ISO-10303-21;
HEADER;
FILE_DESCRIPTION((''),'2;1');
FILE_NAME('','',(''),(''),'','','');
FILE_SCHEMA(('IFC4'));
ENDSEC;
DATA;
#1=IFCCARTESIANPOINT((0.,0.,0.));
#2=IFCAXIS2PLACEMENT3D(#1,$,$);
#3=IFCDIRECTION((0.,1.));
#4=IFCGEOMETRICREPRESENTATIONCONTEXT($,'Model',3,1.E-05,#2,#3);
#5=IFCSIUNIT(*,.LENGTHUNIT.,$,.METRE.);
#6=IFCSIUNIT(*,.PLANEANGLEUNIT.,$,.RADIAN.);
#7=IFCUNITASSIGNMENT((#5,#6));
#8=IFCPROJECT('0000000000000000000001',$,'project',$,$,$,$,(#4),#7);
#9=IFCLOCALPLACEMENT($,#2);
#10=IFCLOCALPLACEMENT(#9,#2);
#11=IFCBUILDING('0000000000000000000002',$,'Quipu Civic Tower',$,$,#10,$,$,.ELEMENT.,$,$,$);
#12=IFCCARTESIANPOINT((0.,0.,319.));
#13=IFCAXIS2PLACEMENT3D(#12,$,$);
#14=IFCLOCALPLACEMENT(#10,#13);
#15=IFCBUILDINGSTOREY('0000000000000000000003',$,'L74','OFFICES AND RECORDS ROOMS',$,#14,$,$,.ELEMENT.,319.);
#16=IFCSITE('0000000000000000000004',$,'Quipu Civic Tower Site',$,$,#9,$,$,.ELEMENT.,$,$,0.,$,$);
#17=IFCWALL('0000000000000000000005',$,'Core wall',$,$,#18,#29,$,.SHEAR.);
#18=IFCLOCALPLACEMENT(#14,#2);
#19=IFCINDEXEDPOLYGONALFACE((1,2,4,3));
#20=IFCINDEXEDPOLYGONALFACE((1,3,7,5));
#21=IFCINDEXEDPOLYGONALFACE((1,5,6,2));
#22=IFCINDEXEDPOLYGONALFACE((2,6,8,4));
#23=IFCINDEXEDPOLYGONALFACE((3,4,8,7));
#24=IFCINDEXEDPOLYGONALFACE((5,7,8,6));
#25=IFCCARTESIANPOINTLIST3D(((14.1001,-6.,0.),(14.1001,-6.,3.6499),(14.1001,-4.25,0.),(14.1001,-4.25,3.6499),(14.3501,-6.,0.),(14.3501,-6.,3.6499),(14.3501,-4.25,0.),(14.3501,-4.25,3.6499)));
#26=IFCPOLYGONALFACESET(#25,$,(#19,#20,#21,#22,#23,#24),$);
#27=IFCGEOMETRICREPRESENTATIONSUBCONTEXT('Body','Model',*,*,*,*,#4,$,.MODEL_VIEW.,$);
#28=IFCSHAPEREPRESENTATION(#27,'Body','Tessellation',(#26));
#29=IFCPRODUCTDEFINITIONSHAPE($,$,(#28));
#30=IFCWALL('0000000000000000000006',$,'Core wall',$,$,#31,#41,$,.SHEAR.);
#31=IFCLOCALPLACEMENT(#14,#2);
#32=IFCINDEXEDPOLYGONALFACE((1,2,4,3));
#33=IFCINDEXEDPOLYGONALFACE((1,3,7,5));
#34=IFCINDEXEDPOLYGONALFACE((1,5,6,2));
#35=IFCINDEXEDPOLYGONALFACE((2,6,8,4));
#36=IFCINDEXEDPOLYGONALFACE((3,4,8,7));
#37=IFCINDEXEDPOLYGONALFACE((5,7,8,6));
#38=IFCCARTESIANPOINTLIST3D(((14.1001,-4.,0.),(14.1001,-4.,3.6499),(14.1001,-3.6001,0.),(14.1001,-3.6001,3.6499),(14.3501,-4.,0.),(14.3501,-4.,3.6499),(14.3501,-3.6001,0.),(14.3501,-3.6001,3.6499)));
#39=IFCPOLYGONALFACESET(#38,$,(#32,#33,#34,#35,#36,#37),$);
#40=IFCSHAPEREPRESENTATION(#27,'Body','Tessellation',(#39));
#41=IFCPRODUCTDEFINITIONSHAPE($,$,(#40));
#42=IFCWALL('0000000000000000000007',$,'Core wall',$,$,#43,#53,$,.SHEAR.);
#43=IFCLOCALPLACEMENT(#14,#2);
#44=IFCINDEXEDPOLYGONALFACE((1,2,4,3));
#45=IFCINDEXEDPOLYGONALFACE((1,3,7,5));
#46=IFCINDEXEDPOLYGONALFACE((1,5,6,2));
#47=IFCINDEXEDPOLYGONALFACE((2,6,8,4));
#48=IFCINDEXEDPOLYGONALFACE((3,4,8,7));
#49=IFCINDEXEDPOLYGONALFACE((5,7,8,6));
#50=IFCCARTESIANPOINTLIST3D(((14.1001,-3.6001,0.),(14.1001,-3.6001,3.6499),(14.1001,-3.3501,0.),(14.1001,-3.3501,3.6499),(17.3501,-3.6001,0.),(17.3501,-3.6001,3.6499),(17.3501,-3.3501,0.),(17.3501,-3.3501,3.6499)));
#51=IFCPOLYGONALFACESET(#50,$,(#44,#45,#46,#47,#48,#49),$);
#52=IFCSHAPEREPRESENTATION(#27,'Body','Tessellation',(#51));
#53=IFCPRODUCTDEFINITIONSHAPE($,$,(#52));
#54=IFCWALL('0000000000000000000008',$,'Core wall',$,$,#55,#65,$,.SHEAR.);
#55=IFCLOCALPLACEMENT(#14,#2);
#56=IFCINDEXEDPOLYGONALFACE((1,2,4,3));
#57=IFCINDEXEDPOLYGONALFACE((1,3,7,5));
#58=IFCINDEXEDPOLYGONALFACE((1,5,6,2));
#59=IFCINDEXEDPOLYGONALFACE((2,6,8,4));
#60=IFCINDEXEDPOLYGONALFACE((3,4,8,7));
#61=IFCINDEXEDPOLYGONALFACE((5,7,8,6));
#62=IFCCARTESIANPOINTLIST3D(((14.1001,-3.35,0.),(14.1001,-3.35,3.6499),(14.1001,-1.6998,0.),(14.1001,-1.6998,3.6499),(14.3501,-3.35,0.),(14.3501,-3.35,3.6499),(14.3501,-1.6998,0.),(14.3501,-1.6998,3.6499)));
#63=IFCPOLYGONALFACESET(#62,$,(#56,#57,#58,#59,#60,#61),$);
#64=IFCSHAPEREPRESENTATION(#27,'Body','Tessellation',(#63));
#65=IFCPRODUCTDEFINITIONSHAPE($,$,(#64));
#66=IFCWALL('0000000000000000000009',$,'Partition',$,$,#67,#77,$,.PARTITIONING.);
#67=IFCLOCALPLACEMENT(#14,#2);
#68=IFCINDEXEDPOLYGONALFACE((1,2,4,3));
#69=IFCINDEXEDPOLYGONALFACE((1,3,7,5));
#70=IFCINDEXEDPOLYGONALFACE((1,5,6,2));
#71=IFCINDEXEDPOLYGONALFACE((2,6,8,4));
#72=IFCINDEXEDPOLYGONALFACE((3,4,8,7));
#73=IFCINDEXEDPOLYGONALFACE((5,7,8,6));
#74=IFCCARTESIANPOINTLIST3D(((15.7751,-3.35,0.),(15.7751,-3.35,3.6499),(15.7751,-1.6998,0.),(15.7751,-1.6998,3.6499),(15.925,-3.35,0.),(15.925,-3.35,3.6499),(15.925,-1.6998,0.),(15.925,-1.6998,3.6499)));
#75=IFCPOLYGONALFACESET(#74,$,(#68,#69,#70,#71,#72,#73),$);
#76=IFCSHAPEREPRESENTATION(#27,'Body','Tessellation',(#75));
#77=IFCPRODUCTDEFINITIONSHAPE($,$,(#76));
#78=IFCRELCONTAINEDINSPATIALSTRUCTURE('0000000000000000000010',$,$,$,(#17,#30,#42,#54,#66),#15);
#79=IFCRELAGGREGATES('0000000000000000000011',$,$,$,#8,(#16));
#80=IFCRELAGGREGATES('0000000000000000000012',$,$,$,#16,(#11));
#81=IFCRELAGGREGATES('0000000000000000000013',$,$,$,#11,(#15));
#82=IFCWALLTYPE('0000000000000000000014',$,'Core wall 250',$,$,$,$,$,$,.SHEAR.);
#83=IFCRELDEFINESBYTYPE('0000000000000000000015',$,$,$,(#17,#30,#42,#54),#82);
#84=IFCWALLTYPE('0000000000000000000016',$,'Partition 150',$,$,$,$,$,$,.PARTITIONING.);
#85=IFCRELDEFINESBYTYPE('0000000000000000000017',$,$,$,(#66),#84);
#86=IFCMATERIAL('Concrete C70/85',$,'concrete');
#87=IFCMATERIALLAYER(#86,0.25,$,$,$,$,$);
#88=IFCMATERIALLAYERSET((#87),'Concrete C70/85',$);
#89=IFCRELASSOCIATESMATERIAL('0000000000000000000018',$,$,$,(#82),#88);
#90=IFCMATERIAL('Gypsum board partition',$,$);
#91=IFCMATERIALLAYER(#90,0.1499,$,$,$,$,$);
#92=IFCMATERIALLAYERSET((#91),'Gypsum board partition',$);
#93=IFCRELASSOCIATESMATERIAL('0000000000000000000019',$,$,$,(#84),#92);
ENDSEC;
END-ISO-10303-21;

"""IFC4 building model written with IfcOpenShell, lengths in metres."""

from ifc_helpers import new_model, si_unit, direction, frame, frame_2d, origin, place, context, subcontext, project, spatial, rectangle, extrude, material, layer, layer_set, type_object, element, save


model = new_model("IFC4")

# Units and contexts
model_context = context("Model", 3, precision=1e-05, world=origin(), true_north=direction((0.0, 1.0)))
body_context = subcontext(model_context, "Body", "Model", "MODEL_VIEW")
ifc_project = project(units=[si_unit("LENGTHUNIT", "METRE"), si_unit("PLANEANGLEUNIT", "RADIAN")], contexts=[model_context])

# Site, building, storey
site_placement = place(None, origin())
site = spatial("IfcSite", under=ifc_project, at=site_placement, Name="Quipu Civic Tower Site", CompositionType="ELEMENT", RefElevation=0.0)
building_placement = place(site_placement, origin())
building = spatial("IfcBuilding", under=site, at=building_placement, Name="Quipu Civic Tower", CompositionType="ELEMENT")
storey_placement = place(building_placement, frame((0.0, 0.0, 319.0)))
storey = spatial("IfcBuildingStorey", under=building, at=storey_placement, Name="L74", Description="OFFICES AND RECORDS ROOMS", CompositionType="ELEMENT", Elevation=319.0)

# Walls
ifc_material_1 = material(Name="Concrete C70/85", Category="concrete")
ifc_layer_1 = layer(ifc_material_1, 0.25)
ifc_layer_set_1 = layer_set([ifc_layer_1], Name="Concrete C70/85")
wall_type_1 = type_object("IfcWallType", Name="Core wall 250", PredefinedType="SHEAR", material=ifc_layer_set_1)
wall_1_placement = place(storey_placement, frame((14.2251, -6.0, 0.0), z_axis=(0.0, 0.0, 1.0), x_axis=(0.0, 1.0, 0.0)))
element("IfcWall", 1, at=wall_1_placement, inside=storey, type_object=wall_type_1, Name="Core wall", PredefinedType="SHEAR", context=body_context, shape_type="SweptSolid", body=[
    extrude(rectangle(XDim=1.75, YDim=0.25, at=frame_2d((0.875, 0.0))), origin(), (0.0, 0.0, 1.0), 3.6499),
])
wall_2_placement = place(storey_placement, frame((14.2251, -4.0, 0.0), z_axis=(0.0, 0.0, 1.0), x_axis=(0.0, 1.0, 0.0)))
element("IfcWall", 2, at=wall_2_placement, inside=storey, type_object=wall_type_1, Name="Core wall", PredefinedType="SHEAR", context=body_context, shape_type="SweptSolid", body=[
    extrude(rectangle(XDim=0.3999, YDim=0.25, at=frame_2d((0.2, 0.0))), origin(), (0.0, 0.0, 1.0), 3.6499),
])
wall_3_placement = place(storey_placement, frame((14.1001, -3.4751, 0.0), z_axis=(0.0, 0.0, 1.0), x_axis=(1.0, 0.0, 0.0)))
element("IfcWall", 3, at=wall_3_placement, inside=storey, type_object=wall_type_1, Name="Core wall", PredefinedType="SHEAR", context=body_context, shape_type="SweptSolid", body=[
    extrude(rectangle(XDim=3.25, YDim=0.25, at=frame_2d((1.625, 0.0))), origin(), (0.0, 0.0, 1.0), 3.6499),
])
wall_4_placement = place(storey_placement, frame((14.2251, -3.3501, 0.0), z_axis=(0.0, 0.0, 1.0), x_axis=(0.0, 1.0, 0.0)))
element("IfcWall", 4, at=wall_4_placement, inside=storey, type_object=wall_type_1, Name="Core wall", PredefinedType="SHEAR", context=body_context, shape_type="SweptSolid", body=[
    extrude(rectangle(XDim=1.6501, YDim=0.25, at=frame_2d((0.8252, 0.0))), origin(), (0.0, 0.0, 1.0), 3.6499),
])
ifc_material_2 = material(Name="Gypsum board partition")
ifc_layer_2 = layer(ifc_material_2, 0.1499)
ifc_layer_set_2 = layer_set([ifc_layer_2], Name="Gypsum board partition")
wall_type_2 = type_object("IfcWallType", Name="Partition 150", PredefinedType="PARTITIONING", material=ifc_layer_set_2)
wall_5_placement = place(storey_placement, frame((15.8501, -3.3501, 0.0), z_axis=(0.0, 0.0, 1.0), x_axis=(0.0, 1.0, 0.0)))
element("IfcWall", 5, at=wall_5_placement, inside=storey, type_object=wall_type_2, Name="Partition", PredefinedType="PARTITIONING", context=body_context, shape_type="SweptSolid", body=[
    extrude(rectangle(XDim=1.6501, YDim=0.1499, at=frame_2d((0.8252, 0.0))), origin(), (0.0, 0.0, 1.0), 3.6499),
])

save(model, "model.ifc")
